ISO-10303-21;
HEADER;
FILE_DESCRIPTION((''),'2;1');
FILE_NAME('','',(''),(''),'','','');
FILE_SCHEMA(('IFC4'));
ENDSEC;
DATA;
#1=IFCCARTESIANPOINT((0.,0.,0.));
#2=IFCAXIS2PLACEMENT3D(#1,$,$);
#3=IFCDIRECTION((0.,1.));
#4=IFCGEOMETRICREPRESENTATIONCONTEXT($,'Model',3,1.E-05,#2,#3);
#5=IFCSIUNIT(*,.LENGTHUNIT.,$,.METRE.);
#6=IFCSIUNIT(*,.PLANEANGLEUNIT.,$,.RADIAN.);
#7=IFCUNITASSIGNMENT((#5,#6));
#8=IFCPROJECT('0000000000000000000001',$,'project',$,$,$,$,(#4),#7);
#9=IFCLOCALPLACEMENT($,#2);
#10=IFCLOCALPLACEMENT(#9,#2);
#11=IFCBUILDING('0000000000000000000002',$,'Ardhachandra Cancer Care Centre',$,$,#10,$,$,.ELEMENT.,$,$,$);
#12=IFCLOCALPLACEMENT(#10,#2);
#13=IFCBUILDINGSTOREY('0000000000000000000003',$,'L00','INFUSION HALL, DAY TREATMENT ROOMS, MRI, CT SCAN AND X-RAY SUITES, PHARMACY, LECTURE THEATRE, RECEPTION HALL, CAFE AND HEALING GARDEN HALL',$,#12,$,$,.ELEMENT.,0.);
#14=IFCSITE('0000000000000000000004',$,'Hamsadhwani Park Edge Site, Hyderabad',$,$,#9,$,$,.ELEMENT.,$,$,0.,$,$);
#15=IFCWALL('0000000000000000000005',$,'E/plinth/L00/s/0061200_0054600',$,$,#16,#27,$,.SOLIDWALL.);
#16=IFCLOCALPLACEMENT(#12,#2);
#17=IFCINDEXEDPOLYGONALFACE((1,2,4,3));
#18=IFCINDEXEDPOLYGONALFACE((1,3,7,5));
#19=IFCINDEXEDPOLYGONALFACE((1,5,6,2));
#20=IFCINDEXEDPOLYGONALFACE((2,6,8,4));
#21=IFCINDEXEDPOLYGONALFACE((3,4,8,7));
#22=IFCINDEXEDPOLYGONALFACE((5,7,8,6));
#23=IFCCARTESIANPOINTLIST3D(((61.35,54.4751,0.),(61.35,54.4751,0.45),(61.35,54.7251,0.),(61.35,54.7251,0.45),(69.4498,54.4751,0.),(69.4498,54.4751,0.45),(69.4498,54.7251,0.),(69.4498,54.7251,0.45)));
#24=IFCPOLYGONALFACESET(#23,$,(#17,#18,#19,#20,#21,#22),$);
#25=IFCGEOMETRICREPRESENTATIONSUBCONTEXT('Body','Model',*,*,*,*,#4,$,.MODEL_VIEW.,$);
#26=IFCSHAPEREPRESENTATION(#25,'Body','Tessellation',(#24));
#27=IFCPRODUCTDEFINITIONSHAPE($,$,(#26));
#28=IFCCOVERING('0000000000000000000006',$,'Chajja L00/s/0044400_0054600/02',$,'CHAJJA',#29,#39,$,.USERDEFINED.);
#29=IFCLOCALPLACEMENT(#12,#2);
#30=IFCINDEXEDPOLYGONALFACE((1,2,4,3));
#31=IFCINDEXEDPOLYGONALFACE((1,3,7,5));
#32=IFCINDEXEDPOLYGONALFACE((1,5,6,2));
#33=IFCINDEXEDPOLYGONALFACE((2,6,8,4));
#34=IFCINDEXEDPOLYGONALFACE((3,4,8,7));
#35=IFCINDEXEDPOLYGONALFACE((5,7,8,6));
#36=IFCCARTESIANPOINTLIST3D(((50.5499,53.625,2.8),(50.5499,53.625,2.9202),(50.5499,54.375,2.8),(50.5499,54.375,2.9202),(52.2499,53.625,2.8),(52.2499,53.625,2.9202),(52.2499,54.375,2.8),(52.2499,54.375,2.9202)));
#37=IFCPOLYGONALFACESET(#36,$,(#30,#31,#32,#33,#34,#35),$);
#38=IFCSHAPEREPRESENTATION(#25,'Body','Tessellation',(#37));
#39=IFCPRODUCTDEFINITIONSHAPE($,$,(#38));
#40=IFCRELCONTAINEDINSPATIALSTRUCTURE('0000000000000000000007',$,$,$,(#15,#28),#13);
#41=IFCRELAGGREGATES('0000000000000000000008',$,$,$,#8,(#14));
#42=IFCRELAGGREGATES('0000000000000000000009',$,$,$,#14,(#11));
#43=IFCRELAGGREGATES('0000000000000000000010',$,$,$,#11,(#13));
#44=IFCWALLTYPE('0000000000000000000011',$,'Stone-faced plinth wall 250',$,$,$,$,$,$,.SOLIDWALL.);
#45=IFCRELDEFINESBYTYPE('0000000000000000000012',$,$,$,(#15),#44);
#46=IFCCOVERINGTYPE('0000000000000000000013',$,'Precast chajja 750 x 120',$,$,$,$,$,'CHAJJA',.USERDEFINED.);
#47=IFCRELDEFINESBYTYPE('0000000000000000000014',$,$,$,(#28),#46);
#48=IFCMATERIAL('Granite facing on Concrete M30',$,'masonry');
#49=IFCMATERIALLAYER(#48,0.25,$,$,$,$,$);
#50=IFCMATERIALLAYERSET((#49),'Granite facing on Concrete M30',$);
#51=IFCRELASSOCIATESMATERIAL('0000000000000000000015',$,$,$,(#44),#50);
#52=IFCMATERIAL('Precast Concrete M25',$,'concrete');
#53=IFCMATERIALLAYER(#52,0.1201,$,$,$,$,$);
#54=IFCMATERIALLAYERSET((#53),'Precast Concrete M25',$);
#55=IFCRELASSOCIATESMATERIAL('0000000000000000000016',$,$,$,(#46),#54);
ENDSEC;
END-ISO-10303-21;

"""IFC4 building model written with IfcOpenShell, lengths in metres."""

from ifc_helpers import new_model, si_unit, direction, frame, frame_2d, origin, origin_2d, place, context, subcontext, project, spatial, rectangle, extrude, material, layer, layer_set, type_object, element, save


model = new_model("IFC4")

# Units and contexts
model_context = context("Model", 3, precision=1e-05, world=origin(), true_north=direction((0.0, 1.0)))
body_context = subcontext(model_context, "Body", "Model", "MODEL_VIEW")
ifc_project = project(units=[si_unit("LENGTHUNIT", "METRE"), si_unit("PLANEANGLEUNIT", "RADIAN")], contexts=[model_context])

# Site, building, storey
site_placement = place(None, origin())
site = spatial("IfcSite", under=ifc_project, at=site_placement, Name="Hamsadhwani Park Edge Site, Hyderabad", CompositionType="ELEMENT", RefElevation=0.0)
building_placement = place(site_placement, origin())
building = spatial("IfcBuilding", under=site, at=building_placement, Name="Ardhachandra Cancer Care Centre", CompositionType="ELEMENT")
storey_placement = place(building_placement, origin())
storey = spatial("IfcBuildingStorey", under=building, at=storey_placement, Name="L00", Description="INFUSION HALL, DAY TREATMENT ROOMS, MRI, CT SCAN AND X-RAY SUITES, PHARMACY, LECTURE THEATRE, RECEPTION HALL, CAFE AND HEALING GARDEN HALL", CompositionType="ELEMENT", Elevation=0.0)

# Wall
ifc_material_1 = material(Name="Granite facing on Concrete M30", Category="masonry")
ifc_layer_1 = layer(ifc_material_1, 0.25)
ifc_layer_set_1 = layer_set([ifc_layer_1], Name="Granite facing on Concrete M30")
wall_type_1 = type_object("IfcWallType", Name="Stone-faced plinth wall 250", PredefinedType="SOLIDWALL", material=ifc_layer_set_1)
wall_1_placement = place(storey_placement, frame((61.3501, 54.6001, 0.0), z_axis=(0.0, 0.0, 1.0), x_axis=(1.0, 0.0, 0.0)))
element("IfcWall", 1, at=wall_1_placement, inside=storey, type_object=wall_type_1, Name="E/plinth/L00/s/0061200_0054600", PredefinedType="SOLIDWALL", context=body_context, shape_type="SweptSolid", body=[
    extrude(rectangle(XDim=8.0999, YDim=0.25, at=frame_2d((4.0498, 0.0))), origin(), (0.0, 0.0, 1.0), 0.45),
])

# Covering
ifc_material_2 = material(Name="Precast Concrete M25", Category="concrete")
ifc_layer_2 = layer(ifc_material_2, 0.1201)
ifc_layer_set_2 = layer_set([ifc_layer_2], Name="Precast Concrete M25")
covering_type = type_object("IfcCoveringType", Name="Precast chajja 750 x 120", ElementType="CHAJJA", PredefinedType="USERDEFINED", material=ifc_layer_set_2)
covering_placement = place(storey_placement, frame((51.3999, 54.0, 2.8), z_axis=(0.0, 0.0, 1.0), x_axis=(1.0, 0.0, 0.0)))
element("IfcCovering", 2, at=covering_placement, inside=storey, type_object=covering_type, Name="Chajja L00/s/0044400_0054600/02", ObjectType="CHAJJA", PredefinedType="USERDEFINED", context=body_context, shape_type="SweptSolid", body=[
    extrude(rectangle(XDim=1.7, YDim=0.75, at=origin_2d()), origin(), (0.0, 0.0, 1.0), 0.1201),
])

save(model, "model.ifc")
